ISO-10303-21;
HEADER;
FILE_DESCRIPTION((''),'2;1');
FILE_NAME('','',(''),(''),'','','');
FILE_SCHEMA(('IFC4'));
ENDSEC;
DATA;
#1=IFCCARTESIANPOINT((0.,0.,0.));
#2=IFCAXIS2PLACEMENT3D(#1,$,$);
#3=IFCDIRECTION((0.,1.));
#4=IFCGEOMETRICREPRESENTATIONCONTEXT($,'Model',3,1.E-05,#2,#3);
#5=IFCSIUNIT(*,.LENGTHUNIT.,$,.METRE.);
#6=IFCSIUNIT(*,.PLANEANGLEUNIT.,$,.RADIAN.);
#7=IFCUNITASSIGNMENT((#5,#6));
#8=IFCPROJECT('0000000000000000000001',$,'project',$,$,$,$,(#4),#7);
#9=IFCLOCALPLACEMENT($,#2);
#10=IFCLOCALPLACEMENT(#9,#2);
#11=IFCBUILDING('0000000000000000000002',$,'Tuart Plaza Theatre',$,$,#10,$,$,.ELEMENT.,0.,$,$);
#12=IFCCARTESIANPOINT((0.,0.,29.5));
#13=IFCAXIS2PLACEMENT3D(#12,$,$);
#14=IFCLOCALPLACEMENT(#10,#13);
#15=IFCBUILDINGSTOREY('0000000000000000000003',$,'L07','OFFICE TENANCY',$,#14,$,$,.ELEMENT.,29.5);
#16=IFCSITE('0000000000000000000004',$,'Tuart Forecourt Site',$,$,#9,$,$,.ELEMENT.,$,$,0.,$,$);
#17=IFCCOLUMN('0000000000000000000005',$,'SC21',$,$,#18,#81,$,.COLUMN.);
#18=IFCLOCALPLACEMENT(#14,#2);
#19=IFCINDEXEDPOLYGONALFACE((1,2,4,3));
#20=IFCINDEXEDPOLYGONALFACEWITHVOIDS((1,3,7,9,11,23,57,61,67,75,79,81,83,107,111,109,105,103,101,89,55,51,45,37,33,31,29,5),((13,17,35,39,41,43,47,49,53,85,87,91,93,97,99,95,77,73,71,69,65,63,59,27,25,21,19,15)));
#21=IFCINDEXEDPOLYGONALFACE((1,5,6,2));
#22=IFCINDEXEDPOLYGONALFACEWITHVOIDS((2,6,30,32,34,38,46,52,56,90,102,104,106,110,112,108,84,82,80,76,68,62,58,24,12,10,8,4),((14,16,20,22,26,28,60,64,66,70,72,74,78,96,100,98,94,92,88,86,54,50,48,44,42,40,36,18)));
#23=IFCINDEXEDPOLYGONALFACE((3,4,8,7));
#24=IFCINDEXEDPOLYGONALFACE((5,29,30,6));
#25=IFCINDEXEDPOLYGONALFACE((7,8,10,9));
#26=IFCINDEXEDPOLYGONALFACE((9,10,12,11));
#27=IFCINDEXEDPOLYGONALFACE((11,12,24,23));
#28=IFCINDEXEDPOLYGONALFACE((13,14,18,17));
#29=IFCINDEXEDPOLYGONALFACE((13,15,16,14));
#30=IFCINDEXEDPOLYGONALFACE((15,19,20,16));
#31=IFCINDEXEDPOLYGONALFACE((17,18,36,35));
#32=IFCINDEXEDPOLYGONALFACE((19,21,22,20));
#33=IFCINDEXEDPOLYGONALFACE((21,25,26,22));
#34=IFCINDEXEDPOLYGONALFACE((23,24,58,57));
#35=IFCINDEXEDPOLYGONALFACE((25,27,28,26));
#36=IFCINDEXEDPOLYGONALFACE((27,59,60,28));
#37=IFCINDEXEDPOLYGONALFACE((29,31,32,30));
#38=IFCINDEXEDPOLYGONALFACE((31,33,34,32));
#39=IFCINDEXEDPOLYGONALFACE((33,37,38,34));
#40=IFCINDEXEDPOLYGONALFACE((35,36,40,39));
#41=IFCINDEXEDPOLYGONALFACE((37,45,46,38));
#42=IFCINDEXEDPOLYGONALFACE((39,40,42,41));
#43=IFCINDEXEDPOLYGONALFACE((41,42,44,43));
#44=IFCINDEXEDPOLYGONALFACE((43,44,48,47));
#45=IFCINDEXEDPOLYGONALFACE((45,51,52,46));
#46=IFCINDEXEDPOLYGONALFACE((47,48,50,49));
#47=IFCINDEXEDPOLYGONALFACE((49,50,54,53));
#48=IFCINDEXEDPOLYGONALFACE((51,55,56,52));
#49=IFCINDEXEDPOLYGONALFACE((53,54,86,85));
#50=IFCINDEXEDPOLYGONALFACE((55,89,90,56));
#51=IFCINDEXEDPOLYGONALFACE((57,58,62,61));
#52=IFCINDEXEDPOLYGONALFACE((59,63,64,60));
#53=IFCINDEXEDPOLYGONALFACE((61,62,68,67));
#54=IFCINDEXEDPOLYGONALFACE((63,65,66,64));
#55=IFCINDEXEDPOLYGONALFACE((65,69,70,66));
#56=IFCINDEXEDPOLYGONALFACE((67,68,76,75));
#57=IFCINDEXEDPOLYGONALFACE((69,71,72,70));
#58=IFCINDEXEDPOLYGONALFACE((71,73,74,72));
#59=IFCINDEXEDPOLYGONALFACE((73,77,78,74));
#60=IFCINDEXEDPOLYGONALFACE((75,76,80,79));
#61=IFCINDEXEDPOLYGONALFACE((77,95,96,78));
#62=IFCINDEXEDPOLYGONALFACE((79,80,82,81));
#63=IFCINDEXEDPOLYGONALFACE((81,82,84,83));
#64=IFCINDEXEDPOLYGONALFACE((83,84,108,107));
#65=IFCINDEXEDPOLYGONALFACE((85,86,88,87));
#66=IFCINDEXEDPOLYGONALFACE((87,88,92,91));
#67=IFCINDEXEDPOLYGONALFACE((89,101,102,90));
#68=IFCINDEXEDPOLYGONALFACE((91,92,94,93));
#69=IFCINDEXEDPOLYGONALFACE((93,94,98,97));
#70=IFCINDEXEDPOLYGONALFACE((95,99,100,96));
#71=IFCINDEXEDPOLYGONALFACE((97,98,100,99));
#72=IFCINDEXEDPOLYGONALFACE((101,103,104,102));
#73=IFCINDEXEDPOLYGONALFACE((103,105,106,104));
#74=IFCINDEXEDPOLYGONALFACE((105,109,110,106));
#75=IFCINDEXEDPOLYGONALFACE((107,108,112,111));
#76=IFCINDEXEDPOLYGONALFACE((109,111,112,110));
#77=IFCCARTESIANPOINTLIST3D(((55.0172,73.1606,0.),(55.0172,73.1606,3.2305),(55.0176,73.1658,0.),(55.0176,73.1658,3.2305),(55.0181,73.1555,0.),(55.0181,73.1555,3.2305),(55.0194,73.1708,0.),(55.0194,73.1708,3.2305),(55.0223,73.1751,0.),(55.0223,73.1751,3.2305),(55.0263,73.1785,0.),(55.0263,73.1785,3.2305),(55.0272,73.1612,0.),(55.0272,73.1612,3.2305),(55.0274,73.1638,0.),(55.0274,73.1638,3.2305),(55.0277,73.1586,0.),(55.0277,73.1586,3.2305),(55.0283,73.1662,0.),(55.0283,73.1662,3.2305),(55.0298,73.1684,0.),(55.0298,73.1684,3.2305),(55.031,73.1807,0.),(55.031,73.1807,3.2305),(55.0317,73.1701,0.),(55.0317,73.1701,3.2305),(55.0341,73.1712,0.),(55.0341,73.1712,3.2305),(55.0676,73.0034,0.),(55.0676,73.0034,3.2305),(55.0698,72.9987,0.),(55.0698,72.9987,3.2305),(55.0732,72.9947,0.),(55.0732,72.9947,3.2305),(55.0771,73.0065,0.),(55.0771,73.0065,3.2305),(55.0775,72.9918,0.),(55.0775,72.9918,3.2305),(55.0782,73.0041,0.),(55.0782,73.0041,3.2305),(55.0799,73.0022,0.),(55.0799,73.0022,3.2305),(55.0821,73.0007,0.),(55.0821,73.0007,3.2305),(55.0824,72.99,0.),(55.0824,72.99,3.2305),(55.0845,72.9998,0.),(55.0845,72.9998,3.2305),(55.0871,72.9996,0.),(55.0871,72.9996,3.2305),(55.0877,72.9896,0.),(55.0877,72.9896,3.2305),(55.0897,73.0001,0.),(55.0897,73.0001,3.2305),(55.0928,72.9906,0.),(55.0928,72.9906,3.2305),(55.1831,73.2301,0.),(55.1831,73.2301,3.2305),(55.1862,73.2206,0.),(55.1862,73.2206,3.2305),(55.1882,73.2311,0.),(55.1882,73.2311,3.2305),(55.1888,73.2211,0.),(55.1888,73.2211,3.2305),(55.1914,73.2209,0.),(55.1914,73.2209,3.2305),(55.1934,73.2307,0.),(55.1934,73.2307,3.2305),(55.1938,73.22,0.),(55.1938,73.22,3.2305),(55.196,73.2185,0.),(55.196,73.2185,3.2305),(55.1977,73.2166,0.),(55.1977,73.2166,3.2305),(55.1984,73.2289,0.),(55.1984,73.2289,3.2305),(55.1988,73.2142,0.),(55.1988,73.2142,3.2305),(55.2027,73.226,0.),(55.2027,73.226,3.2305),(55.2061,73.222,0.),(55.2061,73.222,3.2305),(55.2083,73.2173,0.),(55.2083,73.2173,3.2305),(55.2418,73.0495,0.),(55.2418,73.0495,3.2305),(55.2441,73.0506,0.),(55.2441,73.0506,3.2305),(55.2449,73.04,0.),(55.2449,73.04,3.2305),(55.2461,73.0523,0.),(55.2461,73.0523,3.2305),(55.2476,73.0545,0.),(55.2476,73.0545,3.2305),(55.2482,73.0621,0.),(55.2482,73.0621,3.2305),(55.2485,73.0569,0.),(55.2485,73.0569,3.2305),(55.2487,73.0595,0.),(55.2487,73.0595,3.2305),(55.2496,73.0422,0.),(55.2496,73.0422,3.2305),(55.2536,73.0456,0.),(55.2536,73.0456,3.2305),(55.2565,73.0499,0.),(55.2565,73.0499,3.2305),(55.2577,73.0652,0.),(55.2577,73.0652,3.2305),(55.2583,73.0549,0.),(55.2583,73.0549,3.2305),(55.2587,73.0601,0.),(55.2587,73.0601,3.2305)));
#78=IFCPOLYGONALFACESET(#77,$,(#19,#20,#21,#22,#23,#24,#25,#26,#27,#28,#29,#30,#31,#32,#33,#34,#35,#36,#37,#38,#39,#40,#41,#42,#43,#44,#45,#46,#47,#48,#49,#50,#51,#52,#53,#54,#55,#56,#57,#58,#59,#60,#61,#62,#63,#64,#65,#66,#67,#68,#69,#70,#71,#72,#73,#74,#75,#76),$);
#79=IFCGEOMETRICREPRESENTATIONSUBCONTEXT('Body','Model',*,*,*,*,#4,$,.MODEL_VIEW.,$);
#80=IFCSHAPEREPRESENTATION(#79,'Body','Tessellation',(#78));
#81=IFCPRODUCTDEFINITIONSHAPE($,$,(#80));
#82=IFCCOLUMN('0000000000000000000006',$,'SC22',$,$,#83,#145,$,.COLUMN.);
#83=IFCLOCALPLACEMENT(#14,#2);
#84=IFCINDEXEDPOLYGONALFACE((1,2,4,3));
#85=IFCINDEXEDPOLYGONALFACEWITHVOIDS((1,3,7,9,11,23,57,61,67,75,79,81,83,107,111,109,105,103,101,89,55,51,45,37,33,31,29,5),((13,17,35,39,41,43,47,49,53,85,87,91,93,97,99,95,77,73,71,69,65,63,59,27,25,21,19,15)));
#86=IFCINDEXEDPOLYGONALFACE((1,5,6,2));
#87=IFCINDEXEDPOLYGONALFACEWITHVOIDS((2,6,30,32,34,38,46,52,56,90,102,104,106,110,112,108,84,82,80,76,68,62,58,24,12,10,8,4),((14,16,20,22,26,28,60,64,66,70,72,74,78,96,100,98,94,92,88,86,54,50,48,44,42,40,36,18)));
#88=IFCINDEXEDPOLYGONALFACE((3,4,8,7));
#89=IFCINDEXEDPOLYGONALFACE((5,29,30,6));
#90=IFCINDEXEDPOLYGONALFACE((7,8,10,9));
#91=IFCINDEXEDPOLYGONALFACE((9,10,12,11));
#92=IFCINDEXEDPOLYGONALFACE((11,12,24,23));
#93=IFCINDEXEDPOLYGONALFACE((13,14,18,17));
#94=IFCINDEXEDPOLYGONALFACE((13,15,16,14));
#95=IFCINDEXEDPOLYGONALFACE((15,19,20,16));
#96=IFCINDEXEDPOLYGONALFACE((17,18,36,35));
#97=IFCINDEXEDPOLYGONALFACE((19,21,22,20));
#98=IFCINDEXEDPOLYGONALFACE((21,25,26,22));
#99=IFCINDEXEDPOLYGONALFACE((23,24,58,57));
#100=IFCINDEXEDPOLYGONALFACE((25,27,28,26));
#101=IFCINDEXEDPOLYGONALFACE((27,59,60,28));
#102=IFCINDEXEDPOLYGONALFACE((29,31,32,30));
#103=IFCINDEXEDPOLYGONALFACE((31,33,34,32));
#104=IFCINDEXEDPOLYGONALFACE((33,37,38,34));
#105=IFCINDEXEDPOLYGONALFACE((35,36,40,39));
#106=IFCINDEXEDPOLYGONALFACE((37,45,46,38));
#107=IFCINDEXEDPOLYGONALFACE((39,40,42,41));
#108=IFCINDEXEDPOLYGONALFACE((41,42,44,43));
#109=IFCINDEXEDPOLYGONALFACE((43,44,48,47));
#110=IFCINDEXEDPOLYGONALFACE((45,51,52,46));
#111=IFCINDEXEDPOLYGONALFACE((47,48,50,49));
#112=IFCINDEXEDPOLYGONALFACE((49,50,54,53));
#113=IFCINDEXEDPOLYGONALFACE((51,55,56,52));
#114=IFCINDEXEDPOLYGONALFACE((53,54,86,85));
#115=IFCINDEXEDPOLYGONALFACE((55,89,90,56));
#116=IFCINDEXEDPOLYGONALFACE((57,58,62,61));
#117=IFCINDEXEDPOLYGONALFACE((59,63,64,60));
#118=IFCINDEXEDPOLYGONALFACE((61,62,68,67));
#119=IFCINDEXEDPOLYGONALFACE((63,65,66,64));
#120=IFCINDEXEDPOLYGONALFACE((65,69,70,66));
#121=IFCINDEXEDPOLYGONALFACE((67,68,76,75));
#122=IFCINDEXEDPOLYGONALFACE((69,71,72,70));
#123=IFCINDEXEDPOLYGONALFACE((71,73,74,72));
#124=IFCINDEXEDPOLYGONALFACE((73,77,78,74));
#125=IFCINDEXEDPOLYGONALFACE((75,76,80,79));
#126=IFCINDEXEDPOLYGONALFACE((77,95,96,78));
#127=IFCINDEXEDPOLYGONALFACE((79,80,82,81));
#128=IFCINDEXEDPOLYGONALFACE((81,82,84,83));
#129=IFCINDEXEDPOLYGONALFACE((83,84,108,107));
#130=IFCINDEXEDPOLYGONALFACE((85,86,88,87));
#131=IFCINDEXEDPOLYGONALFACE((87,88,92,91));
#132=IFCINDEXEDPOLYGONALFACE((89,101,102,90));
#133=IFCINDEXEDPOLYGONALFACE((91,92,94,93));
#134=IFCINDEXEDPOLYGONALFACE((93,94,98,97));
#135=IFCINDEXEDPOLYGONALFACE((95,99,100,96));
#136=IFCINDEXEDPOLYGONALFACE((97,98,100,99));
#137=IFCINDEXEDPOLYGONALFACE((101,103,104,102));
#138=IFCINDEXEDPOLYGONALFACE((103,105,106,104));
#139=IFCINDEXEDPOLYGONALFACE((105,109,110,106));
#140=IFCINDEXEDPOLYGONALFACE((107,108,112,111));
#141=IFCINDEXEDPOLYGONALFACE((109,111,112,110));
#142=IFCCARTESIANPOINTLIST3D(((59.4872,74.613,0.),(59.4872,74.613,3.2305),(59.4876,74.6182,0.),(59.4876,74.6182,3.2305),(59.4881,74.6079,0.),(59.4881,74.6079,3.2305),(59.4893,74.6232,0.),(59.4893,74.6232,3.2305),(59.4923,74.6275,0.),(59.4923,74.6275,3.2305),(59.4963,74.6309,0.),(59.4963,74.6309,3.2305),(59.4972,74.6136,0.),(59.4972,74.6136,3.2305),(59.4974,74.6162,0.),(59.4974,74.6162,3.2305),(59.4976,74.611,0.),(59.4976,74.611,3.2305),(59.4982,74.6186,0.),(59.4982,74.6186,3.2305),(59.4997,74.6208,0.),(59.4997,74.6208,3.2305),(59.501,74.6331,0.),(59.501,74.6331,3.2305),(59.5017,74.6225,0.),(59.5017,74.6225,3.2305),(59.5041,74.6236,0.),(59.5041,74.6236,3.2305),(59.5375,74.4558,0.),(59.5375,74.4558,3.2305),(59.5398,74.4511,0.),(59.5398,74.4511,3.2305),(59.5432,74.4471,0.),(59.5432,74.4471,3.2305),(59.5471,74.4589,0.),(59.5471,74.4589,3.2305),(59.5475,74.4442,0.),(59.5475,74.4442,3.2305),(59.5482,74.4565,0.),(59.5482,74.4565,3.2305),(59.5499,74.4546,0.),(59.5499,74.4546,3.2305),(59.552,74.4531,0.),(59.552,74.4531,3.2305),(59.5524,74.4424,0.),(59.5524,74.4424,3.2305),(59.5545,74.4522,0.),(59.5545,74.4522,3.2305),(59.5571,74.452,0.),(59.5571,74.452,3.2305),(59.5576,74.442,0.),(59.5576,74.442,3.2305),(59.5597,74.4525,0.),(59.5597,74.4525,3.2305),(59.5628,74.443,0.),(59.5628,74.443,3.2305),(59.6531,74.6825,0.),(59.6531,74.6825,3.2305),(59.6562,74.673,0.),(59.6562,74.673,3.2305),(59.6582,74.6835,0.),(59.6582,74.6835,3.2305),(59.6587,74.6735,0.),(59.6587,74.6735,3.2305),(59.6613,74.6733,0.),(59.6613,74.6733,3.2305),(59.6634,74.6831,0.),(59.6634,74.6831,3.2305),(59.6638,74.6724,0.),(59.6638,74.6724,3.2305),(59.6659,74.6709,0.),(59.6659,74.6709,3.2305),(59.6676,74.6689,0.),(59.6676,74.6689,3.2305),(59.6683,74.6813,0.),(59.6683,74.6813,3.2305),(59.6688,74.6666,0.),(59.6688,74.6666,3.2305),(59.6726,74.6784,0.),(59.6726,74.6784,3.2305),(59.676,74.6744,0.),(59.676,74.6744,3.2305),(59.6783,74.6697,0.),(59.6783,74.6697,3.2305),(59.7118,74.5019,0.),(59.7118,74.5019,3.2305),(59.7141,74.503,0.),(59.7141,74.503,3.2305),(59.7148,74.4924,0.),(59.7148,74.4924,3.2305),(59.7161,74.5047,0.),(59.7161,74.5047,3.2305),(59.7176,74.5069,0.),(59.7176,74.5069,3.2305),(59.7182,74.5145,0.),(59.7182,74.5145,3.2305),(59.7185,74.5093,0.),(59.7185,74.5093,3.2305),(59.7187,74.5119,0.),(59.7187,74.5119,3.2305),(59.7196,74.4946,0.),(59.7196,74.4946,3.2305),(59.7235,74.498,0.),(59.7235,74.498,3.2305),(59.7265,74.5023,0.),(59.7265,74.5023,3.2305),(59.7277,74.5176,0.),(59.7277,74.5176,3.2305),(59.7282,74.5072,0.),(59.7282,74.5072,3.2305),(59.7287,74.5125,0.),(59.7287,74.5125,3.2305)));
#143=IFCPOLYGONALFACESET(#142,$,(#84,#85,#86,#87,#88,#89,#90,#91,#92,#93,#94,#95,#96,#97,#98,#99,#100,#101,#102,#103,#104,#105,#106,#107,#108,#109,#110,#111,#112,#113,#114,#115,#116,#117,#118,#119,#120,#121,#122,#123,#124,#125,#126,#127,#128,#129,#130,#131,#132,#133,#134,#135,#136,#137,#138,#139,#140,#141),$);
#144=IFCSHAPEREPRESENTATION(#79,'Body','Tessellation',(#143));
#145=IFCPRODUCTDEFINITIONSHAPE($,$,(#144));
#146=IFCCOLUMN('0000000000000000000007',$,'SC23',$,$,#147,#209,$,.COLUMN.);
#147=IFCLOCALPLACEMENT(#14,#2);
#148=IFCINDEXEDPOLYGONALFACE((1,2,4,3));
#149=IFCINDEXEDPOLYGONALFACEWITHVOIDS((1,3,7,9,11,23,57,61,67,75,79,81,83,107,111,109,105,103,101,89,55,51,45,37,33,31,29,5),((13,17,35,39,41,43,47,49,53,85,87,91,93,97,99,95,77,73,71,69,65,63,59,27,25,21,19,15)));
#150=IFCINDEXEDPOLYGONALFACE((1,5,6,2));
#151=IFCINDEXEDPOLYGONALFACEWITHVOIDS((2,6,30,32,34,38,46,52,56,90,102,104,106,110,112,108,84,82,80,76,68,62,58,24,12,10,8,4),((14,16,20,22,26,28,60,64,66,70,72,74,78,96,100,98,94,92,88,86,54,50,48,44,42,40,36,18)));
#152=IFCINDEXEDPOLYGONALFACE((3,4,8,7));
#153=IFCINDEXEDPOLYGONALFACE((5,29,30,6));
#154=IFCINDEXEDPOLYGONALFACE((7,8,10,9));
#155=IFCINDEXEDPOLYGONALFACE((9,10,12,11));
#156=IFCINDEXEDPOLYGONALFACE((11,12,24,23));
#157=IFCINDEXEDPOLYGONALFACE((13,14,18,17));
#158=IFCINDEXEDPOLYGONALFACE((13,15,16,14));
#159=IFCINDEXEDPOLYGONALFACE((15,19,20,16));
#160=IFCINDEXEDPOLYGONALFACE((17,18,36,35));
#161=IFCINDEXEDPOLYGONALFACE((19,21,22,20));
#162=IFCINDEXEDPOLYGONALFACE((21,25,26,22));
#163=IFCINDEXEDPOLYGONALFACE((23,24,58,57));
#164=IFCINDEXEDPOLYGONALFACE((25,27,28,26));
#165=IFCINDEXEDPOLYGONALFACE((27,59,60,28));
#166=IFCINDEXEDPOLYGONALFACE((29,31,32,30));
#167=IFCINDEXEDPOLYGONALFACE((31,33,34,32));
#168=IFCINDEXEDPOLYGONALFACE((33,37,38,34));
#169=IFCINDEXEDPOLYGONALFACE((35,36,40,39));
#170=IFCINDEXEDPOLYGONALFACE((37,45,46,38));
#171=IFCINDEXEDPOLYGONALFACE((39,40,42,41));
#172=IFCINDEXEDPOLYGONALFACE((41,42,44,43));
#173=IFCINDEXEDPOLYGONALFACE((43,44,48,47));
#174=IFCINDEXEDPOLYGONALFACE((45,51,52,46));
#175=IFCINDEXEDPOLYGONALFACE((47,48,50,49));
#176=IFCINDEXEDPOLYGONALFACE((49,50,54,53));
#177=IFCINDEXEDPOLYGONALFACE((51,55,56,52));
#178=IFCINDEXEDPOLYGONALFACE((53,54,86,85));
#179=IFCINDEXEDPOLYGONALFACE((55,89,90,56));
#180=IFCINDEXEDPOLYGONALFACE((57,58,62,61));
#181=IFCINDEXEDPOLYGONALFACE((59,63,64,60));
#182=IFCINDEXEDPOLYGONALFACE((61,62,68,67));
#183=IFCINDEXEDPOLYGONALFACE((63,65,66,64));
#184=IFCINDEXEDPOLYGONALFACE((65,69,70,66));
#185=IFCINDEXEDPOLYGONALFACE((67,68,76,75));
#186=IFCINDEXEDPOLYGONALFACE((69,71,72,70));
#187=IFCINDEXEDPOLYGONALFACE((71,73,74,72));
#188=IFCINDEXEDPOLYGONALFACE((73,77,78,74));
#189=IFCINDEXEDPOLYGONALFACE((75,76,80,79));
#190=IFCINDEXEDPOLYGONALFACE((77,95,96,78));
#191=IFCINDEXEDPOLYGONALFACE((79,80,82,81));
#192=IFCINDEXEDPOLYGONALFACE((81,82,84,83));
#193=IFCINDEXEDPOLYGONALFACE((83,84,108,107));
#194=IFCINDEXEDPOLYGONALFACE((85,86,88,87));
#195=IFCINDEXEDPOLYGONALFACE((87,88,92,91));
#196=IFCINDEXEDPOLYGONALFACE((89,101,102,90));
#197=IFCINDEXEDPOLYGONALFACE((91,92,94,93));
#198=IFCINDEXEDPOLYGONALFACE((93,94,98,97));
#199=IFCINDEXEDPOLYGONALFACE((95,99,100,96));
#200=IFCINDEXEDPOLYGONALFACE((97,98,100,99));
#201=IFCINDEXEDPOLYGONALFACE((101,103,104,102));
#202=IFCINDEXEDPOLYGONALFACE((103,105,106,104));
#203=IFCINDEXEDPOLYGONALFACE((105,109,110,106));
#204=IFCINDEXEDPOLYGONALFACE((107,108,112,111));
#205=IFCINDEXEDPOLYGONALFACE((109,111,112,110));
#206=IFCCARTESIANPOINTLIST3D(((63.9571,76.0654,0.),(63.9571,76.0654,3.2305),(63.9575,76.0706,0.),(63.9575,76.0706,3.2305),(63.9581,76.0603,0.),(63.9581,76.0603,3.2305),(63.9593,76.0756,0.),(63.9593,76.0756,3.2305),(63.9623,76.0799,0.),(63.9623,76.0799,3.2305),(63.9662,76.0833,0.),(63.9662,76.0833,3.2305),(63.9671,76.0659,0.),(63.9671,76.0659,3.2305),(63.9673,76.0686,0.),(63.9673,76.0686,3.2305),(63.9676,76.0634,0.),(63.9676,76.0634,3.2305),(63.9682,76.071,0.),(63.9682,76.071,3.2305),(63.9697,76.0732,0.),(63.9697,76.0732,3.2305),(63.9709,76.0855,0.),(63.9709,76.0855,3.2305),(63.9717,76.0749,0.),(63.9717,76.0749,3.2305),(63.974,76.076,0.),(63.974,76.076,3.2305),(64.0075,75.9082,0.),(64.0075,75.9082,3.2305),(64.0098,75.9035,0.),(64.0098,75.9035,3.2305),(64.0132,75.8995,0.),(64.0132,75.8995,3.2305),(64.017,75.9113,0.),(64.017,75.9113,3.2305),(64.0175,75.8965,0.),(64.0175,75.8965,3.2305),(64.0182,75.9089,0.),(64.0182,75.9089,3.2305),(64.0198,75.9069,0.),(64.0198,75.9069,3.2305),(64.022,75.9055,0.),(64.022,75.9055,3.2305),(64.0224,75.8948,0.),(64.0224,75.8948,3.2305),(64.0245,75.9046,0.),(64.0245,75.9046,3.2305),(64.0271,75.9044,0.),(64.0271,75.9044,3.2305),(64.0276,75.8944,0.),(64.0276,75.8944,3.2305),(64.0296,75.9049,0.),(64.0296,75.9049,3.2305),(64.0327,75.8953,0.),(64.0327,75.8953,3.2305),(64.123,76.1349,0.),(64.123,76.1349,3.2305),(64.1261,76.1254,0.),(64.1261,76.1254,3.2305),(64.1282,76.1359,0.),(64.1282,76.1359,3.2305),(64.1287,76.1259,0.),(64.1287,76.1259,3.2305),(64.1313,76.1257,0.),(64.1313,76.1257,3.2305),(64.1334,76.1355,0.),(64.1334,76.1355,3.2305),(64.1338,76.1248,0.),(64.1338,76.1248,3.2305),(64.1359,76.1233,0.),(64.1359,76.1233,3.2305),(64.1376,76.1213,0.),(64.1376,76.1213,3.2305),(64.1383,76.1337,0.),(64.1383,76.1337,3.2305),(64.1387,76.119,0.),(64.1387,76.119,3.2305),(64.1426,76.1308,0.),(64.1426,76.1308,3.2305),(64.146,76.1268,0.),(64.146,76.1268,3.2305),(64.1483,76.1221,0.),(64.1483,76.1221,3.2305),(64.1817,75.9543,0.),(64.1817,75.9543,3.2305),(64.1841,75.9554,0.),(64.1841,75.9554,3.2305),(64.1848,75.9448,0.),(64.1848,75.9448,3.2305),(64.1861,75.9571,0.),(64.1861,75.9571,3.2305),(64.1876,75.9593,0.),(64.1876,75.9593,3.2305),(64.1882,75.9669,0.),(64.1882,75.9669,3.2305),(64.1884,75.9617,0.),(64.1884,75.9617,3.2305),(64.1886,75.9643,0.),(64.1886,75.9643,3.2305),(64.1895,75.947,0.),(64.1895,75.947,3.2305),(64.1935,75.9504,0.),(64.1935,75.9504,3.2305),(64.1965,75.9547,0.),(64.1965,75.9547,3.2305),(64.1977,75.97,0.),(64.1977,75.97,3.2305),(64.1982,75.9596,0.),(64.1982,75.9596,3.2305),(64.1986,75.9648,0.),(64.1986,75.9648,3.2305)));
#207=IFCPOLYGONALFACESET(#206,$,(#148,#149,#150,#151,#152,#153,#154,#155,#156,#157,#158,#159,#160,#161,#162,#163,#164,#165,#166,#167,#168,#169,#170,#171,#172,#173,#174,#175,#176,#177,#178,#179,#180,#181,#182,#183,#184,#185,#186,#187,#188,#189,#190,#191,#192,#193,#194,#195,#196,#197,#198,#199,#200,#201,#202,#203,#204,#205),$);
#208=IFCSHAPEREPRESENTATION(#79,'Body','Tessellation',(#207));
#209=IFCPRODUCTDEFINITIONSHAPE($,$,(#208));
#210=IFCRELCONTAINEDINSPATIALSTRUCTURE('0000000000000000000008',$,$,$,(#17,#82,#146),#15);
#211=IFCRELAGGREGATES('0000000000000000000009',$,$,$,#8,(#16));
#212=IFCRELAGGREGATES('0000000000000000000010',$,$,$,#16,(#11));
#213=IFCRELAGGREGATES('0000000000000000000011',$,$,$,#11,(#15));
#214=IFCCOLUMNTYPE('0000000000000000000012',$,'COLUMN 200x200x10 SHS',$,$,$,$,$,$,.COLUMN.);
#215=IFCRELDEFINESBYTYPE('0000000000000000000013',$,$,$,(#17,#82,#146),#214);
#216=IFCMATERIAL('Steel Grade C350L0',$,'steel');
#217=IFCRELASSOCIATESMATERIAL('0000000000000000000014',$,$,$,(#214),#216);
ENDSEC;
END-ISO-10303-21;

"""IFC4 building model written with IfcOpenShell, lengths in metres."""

from ifc_helpers import new_model, si_unit, direction, frame, origin, origin_2d, place, context, subcontext, project, spatial, hollow_rectangle, extrude, material, material_profile, profile_set, type_object, element, save


model = new_model("IFC4")

# Units and contexts
model_context = context("Model", 3, precision=1e-05, world=origin(), true_north=direction((0.0, 1.0)))
body_context = subcontext(model_context, "Body", "Model", "MODEL_VIEW")
ifc_project = project(units=[si_unit("LENGTHUNIT", "METRE"), si_unit("PLANEANGLEUNIT", "RADIAN")], contexts=[model_context])

# Site, building, storey
site_placement = place(None, origin())
site = spatial("IfcSite", under=ifc_project, at=site_placement, Name="Tuart Forecourt Site", CompositionType="ELEMENT", RefElevation=0.0)
building_placement = place(site_placement, origin())
building = spatial("IfcBuilding", under=site, at=building_placement, Name="Tuart Plaza Theatre", CompositionType="ELEMENT", ElevationOfRefHeight=0.0)
storey_placement = place(building_placement, frame((0.0, 0.0, 29.5)))
storey = spatial("IfcBuildingStorey", under=building, at=storey_placement, Name="L07", Description="OFFICE TENANCY", CompositionType="ELEMENT", Elevation=29.5)

# Columns
ifc_material_1 = material(Name="Steel Grade C350L0", Category="steel")
ifc_material_profile_1 = material_profile(ifc_material_1, hollow_rectangle(XDim=0.2, YDim=0.2, WallThickness=0.01, InnerFilletRadius=0.01, OuterFilletRadius=0.02, at=origin_2d()), Name="200x200x10 SHS")
ifc_profile_set_1 = profile_set([ifc_material_profile_1], Name="Steel Grade C350L0")
column_type = type_object("IfcColumnType", Name="COLUMN 200x200x10 SHS", PredefinedType="COLUMN", material=ifc_profile_set_1)
for number, where, z_axis, x_axis, name in (
    (1, (55.1379, 73.1104, 0.0), (0.0, 0.0, 1.0), (0.951057, 0.309017, 0.0), "SC21"),
    (2, (59.6079, 74.5627, 0.0), (0.0, 0.0, 1.0), (0.951057, 0.309017, 0.0), "SC22"),
    (3, (64.0779, 76.0151, 0.0), (0.0, 0.0, 1.0), (0.951057, 0.309017, 0.0), "SC23"),
):
    element("IfcColumn", number, at=place(storey_placement, frame(where, z_axis=z_axis, x_axis=x_axis)), inside=storey, type_object=column_type, Name=name, PredefinedType="COLUMN", context=body_context, shape_type="SweptSolid", body=[
        extrude(hollow_rectangle(XDim=0.2, YDim=0.2, WallThickness=0.01, InnerFilletRadius=0.01, OuterFilletRadius=0.02, at=origin_2d()), origin(), (0.0, 0.0, 1.0), 3.2305),
    ])

save(model, "model.ifc")
